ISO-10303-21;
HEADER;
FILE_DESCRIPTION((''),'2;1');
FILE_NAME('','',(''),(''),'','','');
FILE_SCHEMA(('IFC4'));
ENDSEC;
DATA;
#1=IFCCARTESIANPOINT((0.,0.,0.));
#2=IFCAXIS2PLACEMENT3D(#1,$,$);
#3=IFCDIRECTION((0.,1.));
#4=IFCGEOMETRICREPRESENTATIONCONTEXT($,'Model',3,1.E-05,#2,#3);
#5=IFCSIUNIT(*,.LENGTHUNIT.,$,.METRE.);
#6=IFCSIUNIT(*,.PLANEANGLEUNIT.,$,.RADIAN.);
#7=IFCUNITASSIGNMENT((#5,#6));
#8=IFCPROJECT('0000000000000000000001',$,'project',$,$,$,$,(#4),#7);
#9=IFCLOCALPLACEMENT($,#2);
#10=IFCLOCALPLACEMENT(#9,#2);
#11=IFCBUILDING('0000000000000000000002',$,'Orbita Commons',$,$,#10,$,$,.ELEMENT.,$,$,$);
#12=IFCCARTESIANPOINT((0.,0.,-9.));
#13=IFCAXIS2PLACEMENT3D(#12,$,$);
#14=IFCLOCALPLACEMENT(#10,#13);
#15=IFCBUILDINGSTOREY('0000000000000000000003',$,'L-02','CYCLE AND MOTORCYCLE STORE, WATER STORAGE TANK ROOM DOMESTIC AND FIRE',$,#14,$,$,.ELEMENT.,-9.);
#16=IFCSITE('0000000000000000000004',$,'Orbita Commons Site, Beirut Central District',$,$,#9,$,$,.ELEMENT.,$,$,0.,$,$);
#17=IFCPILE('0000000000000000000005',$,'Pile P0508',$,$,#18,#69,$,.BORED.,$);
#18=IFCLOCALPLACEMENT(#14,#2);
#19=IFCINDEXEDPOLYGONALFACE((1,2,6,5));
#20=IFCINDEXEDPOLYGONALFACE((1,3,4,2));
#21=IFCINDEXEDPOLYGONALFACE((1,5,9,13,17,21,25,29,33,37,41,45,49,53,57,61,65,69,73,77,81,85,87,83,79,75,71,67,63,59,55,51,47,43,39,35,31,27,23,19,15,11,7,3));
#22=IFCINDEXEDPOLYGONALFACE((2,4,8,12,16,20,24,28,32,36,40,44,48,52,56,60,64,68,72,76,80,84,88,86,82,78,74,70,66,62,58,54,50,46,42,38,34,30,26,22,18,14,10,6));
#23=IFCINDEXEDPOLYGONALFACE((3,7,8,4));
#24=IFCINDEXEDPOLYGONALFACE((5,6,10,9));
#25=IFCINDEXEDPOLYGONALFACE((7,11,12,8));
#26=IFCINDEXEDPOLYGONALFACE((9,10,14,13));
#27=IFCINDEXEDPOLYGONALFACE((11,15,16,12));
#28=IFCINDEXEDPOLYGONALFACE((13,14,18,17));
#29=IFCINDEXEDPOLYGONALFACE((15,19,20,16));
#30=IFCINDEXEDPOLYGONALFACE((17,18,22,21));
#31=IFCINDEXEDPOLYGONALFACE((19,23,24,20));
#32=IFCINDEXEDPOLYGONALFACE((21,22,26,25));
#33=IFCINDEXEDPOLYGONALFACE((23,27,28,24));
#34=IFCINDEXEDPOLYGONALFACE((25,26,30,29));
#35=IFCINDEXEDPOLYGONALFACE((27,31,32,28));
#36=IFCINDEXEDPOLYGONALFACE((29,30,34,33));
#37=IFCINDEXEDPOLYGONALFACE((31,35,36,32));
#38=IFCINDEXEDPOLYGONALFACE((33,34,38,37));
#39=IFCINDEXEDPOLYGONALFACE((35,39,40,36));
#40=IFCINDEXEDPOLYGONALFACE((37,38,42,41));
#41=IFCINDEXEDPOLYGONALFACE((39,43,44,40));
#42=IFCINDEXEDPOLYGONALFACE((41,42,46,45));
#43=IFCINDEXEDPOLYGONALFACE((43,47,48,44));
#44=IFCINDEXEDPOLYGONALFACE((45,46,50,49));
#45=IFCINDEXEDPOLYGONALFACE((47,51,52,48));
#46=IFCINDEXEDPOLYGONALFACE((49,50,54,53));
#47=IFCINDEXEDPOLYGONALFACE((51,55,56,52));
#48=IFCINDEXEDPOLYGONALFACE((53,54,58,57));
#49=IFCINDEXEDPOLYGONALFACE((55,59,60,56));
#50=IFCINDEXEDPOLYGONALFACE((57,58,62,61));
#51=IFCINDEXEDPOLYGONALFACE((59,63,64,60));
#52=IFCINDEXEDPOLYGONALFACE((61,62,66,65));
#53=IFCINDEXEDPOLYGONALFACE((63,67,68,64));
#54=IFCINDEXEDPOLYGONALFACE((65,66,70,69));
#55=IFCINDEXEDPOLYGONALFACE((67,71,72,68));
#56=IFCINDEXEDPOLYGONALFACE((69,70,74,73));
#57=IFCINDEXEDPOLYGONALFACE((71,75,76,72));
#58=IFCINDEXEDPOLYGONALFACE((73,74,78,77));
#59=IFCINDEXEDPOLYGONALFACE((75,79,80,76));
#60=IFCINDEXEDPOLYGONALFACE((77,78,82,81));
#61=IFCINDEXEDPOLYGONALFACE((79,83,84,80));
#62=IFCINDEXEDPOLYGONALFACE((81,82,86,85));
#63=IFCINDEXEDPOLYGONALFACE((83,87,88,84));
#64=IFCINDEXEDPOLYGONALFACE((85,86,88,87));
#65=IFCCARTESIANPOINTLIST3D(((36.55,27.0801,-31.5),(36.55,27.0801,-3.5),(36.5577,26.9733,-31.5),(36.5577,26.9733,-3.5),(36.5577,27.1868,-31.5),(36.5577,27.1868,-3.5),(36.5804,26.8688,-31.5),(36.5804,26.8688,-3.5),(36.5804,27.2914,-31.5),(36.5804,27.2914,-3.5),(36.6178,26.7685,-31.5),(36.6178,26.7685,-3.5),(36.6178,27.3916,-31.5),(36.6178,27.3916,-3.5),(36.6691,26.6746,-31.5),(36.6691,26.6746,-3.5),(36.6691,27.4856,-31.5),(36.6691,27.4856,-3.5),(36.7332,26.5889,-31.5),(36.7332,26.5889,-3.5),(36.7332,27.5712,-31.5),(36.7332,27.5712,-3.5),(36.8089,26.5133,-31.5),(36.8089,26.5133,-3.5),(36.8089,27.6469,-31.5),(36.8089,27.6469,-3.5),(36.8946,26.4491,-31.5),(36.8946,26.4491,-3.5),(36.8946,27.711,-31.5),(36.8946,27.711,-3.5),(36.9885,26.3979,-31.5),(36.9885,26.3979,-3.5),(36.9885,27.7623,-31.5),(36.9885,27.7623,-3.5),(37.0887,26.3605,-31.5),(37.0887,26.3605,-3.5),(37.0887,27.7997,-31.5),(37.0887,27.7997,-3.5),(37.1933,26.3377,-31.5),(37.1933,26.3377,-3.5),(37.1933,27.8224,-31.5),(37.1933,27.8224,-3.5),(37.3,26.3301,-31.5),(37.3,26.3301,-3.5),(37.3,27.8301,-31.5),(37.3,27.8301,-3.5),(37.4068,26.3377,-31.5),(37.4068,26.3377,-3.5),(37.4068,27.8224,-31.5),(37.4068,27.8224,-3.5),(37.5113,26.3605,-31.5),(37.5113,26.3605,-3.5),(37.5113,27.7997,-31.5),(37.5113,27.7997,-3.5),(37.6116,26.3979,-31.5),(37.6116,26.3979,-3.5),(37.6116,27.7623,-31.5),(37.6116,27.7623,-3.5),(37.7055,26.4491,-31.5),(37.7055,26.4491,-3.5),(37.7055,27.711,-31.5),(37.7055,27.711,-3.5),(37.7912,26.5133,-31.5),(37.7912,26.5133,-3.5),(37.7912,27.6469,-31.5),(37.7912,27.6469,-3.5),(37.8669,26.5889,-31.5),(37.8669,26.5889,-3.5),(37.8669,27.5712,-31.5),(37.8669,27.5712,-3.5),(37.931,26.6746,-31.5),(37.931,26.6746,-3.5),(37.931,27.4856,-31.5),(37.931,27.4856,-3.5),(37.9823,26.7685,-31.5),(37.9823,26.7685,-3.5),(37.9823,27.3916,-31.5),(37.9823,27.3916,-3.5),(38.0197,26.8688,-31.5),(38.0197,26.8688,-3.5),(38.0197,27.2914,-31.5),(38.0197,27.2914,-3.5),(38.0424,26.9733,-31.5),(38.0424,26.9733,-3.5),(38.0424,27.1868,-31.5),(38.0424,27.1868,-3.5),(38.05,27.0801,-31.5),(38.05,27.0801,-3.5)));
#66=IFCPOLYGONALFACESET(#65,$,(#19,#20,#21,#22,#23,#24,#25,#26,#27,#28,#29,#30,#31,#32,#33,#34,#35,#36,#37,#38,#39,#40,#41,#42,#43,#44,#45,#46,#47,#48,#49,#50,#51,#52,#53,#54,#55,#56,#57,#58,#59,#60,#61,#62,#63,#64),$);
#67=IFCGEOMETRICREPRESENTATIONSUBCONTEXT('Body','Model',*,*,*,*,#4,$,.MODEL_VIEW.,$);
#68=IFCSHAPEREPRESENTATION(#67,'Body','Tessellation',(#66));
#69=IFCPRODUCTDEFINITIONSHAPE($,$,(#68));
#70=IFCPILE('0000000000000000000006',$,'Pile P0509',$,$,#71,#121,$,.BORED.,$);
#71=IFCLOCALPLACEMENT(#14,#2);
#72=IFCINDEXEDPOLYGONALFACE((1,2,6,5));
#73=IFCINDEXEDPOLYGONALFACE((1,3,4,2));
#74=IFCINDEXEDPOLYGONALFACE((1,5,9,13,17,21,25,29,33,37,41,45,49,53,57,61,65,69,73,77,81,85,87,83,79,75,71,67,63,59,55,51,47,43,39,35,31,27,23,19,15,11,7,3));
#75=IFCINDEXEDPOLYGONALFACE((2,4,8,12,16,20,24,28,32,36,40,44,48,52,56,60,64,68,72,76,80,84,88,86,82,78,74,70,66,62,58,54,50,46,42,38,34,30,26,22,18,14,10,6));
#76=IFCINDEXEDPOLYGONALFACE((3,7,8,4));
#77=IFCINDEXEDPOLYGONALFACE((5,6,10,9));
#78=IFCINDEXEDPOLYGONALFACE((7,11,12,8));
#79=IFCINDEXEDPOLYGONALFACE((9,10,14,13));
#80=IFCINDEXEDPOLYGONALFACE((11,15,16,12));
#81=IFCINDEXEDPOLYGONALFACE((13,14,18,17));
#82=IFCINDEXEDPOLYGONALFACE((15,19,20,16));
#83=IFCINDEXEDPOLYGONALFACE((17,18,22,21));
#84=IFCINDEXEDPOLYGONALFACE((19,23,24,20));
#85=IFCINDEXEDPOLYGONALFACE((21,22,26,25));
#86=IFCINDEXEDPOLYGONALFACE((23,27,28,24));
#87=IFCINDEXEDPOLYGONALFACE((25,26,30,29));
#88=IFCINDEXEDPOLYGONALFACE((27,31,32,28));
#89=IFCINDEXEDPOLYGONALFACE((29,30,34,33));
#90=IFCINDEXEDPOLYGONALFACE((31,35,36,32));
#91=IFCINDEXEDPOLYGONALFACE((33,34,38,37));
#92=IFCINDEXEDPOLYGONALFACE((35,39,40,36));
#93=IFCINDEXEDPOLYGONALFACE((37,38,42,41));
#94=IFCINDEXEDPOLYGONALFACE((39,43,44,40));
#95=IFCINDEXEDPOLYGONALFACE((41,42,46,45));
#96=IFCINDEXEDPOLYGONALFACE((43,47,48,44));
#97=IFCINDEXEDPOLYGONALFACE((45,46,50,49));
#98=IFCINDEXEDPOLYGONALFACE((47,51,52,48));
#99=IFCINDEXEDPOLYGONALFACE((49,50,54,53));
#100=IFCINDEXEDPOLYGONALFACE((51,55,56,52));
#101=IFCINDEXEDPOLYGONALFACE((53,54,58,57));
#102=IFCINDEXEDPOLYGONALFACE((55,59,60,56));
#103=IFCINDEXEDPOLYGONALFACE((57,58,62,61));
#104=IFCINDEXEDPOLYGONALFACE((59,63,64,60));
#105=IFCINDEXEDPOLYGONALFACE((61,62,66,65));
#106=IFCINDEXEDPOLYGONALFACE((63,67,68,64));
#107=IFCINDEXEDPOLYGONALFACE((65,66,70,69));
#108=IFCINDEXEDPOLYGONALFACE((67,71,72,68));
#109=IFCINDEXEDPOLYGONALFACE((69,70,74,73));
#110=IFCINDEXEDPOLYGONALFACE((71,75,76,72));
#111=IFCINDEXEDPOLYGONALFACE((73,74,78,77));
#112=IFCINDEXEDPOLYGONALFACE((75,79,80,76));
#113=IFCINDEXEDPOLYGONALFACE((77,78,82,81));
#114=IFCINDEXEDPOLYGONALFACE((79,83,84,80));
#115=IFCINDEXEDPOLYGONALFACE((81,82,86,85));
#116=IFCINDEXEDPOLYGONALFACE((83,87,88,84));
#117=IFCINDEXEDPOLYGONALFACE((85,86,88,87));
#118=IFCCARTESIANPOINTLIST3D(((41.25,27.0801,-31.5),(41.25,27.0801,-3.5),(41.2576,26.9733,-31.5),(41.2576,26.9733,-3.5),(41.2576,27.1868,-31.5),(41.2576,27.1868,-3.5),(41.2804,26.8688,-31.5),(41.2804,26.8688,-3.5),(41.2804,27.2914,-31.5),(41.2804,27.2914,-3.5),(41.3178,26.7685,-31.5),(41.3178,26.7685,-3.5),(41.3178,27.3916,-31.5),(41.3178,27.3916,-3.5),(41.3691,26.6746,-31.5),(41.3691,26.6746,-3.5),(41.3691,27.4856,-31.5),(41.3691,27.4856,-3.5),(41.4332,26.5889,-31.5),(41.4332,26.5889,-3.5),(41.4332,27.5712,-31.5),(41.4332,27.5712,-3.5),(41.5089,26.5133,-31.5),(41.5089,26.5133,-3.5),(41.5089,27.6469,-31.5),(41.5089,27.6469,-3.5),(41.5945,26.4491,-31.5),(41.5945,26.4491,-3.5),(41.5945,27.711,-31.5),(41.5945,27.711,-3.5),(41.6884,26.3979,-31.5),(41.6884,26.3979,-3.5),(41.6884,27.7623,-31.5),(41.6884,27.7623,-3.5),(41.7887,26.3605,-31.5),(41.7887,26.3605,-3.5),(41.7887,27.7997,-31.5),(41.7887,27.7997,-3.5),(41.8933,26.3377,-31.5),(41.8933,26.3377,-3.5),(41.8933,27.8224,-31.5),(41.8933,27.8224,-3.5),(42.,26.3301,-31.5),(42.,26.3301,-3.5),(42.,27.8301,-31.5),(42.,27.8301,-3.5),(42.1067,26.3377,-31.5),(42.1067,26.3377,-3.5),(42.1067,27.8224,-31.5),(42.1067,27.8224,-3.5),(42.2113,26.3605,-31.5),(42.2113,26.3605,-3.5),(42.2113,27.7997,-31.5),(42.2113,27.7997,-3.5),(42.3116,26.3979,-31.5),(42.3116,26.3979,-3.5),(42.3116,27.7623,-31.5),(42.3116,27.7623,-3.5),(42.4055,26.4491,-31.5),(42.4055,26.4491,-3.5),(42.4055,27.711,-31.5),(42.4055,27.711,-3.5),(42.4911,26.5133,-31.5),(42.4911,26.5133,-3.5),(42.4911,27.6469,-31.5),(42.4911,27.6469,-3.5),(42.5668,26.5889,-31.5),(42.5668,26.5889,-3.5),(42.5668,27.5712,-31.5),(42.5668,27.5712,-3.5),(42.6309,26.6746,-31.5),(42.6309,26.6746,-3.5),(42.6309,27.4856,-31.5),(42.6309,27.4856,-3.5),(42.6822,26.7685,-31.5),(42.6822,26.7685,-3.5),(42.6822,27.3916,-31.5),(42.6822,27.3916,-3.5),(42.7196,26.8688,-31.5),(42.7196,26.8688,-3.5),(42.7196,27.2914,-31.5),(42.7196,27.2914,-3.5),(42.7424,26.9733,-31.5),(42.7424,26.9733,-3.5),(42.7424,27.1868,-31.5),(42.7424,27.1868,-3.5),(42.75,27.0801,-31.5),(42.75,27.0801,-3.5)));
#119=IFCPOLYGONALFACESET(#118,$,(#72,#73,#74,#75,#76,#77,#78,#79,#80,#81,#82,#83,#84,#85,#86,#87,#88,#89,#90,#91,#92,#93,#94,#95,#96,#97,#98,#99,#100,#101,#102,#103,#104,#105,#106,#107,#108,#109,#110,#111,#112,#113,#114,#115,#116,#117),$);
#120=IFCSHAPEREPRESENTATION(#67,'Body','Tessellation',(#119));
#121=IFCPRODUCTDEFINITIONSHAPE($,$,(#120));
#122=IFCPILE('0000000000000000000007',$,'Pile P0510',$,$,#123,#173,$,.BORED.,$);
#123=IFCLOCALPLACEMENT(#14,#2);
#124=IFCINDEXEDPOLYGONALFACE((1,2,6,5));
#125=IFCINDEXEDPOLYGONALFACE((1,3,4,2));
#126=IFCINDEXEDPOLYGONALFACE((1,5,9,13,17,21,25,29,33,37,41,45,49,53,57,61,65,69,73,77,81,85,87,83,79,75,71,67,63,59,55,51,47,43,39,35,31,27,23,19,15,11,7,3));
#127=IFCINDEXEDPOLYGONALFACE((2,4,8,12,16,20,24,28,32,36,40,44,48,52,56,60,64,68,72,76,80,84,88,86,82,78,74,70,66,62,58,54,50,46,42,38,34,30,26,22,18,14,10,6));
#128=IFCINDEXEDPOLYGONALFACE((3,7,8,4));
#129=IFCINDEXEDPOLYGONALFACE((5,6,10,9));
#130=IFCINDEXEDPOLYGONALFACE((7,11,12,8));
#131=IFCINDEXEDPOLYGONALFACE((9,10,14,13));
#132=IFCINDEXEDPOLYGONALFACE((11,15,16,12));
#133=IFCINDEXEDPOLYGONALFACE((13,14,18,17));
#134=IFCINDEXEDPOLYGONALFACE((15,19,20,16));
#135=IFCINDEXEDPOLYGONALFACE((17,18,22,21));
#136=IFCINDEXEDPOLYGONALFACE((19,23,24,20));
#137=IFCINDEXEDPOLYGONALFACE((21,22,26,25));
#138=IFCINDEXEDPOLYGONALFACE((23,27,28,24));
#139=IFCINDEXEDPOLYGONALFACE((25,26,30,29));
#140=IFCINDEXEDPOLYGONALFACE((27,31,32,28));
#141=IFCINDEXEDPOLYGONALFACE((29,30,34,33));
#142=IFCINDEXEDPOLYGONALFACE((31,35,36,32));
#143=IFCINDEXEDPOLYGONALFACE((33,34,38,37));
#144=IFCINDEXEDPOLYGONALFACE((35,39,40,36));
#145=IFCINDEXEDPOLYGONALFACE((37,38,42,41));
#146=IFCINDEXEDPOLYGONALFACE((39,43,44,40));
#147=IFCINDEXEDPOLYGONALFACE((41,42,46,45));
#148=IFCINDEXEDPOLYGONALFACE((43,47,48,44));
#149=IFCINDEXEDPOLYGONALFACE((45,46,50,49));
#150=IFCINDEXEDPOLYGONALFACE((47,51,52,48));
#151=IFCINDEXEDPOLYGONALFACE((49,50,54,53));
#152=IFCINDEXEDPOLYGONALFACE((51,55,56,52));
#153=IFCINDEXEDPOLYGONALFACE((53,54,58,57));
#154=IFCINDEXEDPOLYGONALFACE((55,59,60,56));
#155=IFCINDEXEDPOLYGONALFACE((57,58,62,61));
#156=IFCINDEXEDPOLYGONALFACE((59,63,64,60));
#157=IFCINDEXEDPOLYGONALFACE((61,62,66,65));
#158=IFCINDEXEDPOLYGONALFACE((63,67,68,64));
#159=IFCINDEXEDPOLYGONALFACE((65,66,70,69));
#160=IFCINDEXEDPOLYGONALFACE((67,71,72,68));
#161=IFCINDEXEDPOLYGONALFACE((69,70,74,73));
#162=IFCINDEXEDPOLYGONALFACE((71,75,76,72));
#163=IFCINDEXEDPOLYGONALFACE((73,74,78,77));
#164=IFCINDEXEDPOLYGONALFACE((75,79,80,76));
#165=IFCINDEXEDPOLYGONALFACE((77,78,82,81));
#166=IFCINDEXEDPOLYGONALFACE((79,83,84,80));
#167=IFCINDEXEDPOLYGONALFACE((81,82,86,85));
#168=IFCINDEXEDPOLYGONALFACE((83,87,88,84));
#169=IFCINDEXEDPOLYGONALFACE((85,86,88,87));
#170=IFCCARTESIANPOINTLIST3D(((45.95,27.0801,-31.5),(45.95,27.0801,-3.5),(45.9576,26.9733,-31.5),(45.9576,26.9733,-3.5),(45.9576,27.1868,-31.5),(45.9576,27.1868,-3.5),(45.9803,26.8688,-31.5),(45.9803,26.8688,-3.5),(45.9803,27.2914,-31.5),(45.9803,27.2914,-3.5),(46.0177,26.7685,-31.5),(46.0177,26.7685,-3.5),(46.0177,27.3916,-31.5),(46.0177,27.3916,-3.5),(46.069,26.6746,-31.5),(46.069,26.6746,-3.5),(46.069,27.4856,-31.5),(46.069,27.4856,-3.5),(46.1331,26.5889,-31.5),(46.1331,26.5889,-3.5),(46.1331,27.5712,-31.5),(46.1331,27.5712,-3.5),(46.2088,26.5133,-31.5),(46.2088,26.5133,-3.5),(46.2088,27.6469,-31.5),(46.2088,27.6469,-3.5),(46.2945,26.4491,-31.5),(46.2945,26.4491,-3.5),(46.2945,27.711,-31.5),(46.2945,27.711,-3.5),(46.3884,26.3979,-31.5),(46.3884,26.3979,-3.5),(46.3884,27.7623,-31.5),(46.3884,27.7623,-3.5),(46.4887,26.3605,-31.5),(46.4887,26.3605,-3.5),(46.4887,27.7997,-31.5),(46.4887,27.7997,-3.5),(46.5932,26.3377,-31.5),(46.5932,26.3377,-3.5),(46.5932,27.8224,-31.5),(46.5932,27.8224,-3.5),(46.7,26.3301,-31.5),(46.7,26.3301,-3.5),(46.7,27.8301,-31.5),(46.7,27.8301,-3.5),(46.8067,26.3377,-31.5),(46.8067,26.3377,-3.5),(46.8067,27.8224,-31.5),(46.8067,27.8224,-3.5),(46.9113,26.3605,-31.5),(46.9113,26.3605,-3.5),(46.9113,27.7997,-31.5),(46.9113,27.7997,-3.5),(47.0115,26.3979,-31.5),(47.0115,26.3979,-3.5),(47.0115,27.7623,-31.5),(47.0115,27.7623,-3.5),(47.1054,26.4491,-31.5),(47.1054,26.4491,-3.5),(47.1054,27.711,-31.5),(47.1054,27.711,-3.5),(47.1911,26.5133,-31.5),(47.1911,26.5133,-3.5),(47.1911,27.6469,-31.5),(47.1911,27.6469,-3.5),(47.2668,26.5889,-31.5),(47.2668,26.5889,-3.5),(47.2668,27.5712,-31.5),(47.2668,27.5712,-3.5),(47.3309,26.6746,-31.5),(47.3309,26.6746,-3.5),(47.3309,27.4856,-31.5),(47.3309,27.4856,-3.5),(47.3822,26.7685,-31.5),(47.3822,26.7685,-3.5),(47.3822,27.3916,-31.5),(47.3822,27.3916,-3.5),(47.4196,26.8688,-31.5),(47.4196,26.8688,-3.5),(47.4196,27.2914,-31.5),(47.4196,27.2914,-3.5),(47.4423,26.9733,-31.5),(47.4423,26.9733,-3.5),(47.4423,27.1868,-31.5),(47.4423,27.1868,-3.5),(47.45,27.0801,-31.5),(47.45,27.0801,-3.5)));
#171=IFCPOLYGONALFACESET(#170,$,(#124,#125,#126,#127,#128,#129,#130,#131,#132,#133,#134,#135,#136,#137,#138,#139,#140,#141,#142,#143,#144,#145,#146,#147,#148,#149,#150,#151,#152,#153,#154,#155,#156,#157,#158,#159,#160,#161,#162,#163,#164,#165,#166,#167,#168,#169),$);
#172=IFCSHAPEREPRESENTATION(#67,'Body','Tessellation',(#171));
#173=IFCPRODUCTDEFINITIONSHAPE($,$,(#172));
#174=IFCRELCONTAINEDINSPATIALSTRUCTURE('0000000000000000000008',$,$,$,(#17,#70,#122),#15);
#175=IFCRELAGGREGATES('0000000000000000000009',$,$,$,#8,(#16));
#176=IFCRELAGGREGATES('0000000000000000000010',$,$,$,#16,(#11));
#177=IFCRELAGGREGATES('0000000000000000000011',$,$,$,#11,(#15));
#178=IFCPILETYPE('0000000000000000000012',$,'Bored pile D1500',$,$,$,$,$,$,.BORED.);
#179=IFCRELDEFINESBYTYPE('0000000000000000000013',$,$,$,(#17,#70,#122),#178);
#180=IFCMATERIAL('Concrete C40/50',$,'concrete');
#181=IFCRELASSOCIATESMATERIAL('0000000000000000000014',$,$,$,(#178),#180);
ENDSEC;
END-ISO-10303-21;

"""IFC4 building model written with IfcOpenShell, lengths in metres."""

from ifc_helpers import new_model, si_unit, direction, frame, origin, origin_2d, place, context, subcontext, project, spatial, circle, extrude, material, material_profile, profile_set, type_object, element, save


model = new_model("IFC4")

# Units and contexts
model_context = context("Model", 3, precision=1e-05, world=origin(), true_north=direction((0.0, 1.0)))
body_context = subcontext(model_context, "Body", "Model", "MODEL_VIEW")
ifc_project = project(units=[si_unit("LENGTHUNIT", "METRE"), si_unit("PLANEANGLEUNIT", "RADIAN")], contexts=[model_context])

# Site, building, storey
site_placement = place(None, origin())
site = spatial("IfcSite", under=ifc_project, at=site_placement, Name="Orbita Commons Site, Beirut Central District", CompositionType="ELEMENT", RefElevation=0.0)
building_placement = place(site_placement, origin())
building = spatial("IfcBuilding", under=site, at=building_placement, Name="Orbita Commons", CompositionType="ELEMENT")
storey_placement = place(building_placement, frame((0.0, 0.0, -9.0)))
storey = spatial("IfcBuildingStorey", under=building, at=storey_placement, Name="L-02", Description="CYCLE AND MOTORCYCLE STORE, WATER STORAGE TANK ROOM DOMESTIC AND FIRE", CompositionType="ELEMENT", Elevation=-9.0)

# Piles
ifc_material_1 = material(Name="Concrete C40/50", Category="concrete")
ifc_material_profile_1 = material_profile(ifc_material_1, circle(Radius=0.75, at=origin_2d()), Name="RC D1500")
ifc_profile_set_1 = profile_set([ifc_material_profile_1], Name="Concrete C40/50")
pile_type = type_object("IfcPileType", Name="Bored pile D1500", PredefinedType="BORED", material=ifc_profile_set_1)
for number, where, z_axis, x_axis, name in (
    (1, (37.3, 27.0801, -3.5), (0.0, 0.0, -1.0), (1.0, 0.0, 0.0), "Pile P0508"),
    (2, (42.0, 27.0801, -3.5), (0.0, 0.0, -1.0), (1.0, 0.0, 0.0), "Pile P0509"),
    (3, (46.7, 27.0801, -3.5), (0.0, 0.0, -1.0), (1.0, 0.0, 0.0), "Pile P0510"),
):
    element("IfcPile", number, at=place(storey_placement, frame(where, z_axis=z_axis, x_axis=x_axis)), inside=storey, type_object=pile_type, Name=name, PredefinedType="BORED", context=body_context, shape_type="SweptSolid", body=[
        extrude(circle(Radius=0.75, at=origin_2d()), origin(), (0.0, 0.0, 1.0), 28.0),
    ])

save(model, "model.ifc")
